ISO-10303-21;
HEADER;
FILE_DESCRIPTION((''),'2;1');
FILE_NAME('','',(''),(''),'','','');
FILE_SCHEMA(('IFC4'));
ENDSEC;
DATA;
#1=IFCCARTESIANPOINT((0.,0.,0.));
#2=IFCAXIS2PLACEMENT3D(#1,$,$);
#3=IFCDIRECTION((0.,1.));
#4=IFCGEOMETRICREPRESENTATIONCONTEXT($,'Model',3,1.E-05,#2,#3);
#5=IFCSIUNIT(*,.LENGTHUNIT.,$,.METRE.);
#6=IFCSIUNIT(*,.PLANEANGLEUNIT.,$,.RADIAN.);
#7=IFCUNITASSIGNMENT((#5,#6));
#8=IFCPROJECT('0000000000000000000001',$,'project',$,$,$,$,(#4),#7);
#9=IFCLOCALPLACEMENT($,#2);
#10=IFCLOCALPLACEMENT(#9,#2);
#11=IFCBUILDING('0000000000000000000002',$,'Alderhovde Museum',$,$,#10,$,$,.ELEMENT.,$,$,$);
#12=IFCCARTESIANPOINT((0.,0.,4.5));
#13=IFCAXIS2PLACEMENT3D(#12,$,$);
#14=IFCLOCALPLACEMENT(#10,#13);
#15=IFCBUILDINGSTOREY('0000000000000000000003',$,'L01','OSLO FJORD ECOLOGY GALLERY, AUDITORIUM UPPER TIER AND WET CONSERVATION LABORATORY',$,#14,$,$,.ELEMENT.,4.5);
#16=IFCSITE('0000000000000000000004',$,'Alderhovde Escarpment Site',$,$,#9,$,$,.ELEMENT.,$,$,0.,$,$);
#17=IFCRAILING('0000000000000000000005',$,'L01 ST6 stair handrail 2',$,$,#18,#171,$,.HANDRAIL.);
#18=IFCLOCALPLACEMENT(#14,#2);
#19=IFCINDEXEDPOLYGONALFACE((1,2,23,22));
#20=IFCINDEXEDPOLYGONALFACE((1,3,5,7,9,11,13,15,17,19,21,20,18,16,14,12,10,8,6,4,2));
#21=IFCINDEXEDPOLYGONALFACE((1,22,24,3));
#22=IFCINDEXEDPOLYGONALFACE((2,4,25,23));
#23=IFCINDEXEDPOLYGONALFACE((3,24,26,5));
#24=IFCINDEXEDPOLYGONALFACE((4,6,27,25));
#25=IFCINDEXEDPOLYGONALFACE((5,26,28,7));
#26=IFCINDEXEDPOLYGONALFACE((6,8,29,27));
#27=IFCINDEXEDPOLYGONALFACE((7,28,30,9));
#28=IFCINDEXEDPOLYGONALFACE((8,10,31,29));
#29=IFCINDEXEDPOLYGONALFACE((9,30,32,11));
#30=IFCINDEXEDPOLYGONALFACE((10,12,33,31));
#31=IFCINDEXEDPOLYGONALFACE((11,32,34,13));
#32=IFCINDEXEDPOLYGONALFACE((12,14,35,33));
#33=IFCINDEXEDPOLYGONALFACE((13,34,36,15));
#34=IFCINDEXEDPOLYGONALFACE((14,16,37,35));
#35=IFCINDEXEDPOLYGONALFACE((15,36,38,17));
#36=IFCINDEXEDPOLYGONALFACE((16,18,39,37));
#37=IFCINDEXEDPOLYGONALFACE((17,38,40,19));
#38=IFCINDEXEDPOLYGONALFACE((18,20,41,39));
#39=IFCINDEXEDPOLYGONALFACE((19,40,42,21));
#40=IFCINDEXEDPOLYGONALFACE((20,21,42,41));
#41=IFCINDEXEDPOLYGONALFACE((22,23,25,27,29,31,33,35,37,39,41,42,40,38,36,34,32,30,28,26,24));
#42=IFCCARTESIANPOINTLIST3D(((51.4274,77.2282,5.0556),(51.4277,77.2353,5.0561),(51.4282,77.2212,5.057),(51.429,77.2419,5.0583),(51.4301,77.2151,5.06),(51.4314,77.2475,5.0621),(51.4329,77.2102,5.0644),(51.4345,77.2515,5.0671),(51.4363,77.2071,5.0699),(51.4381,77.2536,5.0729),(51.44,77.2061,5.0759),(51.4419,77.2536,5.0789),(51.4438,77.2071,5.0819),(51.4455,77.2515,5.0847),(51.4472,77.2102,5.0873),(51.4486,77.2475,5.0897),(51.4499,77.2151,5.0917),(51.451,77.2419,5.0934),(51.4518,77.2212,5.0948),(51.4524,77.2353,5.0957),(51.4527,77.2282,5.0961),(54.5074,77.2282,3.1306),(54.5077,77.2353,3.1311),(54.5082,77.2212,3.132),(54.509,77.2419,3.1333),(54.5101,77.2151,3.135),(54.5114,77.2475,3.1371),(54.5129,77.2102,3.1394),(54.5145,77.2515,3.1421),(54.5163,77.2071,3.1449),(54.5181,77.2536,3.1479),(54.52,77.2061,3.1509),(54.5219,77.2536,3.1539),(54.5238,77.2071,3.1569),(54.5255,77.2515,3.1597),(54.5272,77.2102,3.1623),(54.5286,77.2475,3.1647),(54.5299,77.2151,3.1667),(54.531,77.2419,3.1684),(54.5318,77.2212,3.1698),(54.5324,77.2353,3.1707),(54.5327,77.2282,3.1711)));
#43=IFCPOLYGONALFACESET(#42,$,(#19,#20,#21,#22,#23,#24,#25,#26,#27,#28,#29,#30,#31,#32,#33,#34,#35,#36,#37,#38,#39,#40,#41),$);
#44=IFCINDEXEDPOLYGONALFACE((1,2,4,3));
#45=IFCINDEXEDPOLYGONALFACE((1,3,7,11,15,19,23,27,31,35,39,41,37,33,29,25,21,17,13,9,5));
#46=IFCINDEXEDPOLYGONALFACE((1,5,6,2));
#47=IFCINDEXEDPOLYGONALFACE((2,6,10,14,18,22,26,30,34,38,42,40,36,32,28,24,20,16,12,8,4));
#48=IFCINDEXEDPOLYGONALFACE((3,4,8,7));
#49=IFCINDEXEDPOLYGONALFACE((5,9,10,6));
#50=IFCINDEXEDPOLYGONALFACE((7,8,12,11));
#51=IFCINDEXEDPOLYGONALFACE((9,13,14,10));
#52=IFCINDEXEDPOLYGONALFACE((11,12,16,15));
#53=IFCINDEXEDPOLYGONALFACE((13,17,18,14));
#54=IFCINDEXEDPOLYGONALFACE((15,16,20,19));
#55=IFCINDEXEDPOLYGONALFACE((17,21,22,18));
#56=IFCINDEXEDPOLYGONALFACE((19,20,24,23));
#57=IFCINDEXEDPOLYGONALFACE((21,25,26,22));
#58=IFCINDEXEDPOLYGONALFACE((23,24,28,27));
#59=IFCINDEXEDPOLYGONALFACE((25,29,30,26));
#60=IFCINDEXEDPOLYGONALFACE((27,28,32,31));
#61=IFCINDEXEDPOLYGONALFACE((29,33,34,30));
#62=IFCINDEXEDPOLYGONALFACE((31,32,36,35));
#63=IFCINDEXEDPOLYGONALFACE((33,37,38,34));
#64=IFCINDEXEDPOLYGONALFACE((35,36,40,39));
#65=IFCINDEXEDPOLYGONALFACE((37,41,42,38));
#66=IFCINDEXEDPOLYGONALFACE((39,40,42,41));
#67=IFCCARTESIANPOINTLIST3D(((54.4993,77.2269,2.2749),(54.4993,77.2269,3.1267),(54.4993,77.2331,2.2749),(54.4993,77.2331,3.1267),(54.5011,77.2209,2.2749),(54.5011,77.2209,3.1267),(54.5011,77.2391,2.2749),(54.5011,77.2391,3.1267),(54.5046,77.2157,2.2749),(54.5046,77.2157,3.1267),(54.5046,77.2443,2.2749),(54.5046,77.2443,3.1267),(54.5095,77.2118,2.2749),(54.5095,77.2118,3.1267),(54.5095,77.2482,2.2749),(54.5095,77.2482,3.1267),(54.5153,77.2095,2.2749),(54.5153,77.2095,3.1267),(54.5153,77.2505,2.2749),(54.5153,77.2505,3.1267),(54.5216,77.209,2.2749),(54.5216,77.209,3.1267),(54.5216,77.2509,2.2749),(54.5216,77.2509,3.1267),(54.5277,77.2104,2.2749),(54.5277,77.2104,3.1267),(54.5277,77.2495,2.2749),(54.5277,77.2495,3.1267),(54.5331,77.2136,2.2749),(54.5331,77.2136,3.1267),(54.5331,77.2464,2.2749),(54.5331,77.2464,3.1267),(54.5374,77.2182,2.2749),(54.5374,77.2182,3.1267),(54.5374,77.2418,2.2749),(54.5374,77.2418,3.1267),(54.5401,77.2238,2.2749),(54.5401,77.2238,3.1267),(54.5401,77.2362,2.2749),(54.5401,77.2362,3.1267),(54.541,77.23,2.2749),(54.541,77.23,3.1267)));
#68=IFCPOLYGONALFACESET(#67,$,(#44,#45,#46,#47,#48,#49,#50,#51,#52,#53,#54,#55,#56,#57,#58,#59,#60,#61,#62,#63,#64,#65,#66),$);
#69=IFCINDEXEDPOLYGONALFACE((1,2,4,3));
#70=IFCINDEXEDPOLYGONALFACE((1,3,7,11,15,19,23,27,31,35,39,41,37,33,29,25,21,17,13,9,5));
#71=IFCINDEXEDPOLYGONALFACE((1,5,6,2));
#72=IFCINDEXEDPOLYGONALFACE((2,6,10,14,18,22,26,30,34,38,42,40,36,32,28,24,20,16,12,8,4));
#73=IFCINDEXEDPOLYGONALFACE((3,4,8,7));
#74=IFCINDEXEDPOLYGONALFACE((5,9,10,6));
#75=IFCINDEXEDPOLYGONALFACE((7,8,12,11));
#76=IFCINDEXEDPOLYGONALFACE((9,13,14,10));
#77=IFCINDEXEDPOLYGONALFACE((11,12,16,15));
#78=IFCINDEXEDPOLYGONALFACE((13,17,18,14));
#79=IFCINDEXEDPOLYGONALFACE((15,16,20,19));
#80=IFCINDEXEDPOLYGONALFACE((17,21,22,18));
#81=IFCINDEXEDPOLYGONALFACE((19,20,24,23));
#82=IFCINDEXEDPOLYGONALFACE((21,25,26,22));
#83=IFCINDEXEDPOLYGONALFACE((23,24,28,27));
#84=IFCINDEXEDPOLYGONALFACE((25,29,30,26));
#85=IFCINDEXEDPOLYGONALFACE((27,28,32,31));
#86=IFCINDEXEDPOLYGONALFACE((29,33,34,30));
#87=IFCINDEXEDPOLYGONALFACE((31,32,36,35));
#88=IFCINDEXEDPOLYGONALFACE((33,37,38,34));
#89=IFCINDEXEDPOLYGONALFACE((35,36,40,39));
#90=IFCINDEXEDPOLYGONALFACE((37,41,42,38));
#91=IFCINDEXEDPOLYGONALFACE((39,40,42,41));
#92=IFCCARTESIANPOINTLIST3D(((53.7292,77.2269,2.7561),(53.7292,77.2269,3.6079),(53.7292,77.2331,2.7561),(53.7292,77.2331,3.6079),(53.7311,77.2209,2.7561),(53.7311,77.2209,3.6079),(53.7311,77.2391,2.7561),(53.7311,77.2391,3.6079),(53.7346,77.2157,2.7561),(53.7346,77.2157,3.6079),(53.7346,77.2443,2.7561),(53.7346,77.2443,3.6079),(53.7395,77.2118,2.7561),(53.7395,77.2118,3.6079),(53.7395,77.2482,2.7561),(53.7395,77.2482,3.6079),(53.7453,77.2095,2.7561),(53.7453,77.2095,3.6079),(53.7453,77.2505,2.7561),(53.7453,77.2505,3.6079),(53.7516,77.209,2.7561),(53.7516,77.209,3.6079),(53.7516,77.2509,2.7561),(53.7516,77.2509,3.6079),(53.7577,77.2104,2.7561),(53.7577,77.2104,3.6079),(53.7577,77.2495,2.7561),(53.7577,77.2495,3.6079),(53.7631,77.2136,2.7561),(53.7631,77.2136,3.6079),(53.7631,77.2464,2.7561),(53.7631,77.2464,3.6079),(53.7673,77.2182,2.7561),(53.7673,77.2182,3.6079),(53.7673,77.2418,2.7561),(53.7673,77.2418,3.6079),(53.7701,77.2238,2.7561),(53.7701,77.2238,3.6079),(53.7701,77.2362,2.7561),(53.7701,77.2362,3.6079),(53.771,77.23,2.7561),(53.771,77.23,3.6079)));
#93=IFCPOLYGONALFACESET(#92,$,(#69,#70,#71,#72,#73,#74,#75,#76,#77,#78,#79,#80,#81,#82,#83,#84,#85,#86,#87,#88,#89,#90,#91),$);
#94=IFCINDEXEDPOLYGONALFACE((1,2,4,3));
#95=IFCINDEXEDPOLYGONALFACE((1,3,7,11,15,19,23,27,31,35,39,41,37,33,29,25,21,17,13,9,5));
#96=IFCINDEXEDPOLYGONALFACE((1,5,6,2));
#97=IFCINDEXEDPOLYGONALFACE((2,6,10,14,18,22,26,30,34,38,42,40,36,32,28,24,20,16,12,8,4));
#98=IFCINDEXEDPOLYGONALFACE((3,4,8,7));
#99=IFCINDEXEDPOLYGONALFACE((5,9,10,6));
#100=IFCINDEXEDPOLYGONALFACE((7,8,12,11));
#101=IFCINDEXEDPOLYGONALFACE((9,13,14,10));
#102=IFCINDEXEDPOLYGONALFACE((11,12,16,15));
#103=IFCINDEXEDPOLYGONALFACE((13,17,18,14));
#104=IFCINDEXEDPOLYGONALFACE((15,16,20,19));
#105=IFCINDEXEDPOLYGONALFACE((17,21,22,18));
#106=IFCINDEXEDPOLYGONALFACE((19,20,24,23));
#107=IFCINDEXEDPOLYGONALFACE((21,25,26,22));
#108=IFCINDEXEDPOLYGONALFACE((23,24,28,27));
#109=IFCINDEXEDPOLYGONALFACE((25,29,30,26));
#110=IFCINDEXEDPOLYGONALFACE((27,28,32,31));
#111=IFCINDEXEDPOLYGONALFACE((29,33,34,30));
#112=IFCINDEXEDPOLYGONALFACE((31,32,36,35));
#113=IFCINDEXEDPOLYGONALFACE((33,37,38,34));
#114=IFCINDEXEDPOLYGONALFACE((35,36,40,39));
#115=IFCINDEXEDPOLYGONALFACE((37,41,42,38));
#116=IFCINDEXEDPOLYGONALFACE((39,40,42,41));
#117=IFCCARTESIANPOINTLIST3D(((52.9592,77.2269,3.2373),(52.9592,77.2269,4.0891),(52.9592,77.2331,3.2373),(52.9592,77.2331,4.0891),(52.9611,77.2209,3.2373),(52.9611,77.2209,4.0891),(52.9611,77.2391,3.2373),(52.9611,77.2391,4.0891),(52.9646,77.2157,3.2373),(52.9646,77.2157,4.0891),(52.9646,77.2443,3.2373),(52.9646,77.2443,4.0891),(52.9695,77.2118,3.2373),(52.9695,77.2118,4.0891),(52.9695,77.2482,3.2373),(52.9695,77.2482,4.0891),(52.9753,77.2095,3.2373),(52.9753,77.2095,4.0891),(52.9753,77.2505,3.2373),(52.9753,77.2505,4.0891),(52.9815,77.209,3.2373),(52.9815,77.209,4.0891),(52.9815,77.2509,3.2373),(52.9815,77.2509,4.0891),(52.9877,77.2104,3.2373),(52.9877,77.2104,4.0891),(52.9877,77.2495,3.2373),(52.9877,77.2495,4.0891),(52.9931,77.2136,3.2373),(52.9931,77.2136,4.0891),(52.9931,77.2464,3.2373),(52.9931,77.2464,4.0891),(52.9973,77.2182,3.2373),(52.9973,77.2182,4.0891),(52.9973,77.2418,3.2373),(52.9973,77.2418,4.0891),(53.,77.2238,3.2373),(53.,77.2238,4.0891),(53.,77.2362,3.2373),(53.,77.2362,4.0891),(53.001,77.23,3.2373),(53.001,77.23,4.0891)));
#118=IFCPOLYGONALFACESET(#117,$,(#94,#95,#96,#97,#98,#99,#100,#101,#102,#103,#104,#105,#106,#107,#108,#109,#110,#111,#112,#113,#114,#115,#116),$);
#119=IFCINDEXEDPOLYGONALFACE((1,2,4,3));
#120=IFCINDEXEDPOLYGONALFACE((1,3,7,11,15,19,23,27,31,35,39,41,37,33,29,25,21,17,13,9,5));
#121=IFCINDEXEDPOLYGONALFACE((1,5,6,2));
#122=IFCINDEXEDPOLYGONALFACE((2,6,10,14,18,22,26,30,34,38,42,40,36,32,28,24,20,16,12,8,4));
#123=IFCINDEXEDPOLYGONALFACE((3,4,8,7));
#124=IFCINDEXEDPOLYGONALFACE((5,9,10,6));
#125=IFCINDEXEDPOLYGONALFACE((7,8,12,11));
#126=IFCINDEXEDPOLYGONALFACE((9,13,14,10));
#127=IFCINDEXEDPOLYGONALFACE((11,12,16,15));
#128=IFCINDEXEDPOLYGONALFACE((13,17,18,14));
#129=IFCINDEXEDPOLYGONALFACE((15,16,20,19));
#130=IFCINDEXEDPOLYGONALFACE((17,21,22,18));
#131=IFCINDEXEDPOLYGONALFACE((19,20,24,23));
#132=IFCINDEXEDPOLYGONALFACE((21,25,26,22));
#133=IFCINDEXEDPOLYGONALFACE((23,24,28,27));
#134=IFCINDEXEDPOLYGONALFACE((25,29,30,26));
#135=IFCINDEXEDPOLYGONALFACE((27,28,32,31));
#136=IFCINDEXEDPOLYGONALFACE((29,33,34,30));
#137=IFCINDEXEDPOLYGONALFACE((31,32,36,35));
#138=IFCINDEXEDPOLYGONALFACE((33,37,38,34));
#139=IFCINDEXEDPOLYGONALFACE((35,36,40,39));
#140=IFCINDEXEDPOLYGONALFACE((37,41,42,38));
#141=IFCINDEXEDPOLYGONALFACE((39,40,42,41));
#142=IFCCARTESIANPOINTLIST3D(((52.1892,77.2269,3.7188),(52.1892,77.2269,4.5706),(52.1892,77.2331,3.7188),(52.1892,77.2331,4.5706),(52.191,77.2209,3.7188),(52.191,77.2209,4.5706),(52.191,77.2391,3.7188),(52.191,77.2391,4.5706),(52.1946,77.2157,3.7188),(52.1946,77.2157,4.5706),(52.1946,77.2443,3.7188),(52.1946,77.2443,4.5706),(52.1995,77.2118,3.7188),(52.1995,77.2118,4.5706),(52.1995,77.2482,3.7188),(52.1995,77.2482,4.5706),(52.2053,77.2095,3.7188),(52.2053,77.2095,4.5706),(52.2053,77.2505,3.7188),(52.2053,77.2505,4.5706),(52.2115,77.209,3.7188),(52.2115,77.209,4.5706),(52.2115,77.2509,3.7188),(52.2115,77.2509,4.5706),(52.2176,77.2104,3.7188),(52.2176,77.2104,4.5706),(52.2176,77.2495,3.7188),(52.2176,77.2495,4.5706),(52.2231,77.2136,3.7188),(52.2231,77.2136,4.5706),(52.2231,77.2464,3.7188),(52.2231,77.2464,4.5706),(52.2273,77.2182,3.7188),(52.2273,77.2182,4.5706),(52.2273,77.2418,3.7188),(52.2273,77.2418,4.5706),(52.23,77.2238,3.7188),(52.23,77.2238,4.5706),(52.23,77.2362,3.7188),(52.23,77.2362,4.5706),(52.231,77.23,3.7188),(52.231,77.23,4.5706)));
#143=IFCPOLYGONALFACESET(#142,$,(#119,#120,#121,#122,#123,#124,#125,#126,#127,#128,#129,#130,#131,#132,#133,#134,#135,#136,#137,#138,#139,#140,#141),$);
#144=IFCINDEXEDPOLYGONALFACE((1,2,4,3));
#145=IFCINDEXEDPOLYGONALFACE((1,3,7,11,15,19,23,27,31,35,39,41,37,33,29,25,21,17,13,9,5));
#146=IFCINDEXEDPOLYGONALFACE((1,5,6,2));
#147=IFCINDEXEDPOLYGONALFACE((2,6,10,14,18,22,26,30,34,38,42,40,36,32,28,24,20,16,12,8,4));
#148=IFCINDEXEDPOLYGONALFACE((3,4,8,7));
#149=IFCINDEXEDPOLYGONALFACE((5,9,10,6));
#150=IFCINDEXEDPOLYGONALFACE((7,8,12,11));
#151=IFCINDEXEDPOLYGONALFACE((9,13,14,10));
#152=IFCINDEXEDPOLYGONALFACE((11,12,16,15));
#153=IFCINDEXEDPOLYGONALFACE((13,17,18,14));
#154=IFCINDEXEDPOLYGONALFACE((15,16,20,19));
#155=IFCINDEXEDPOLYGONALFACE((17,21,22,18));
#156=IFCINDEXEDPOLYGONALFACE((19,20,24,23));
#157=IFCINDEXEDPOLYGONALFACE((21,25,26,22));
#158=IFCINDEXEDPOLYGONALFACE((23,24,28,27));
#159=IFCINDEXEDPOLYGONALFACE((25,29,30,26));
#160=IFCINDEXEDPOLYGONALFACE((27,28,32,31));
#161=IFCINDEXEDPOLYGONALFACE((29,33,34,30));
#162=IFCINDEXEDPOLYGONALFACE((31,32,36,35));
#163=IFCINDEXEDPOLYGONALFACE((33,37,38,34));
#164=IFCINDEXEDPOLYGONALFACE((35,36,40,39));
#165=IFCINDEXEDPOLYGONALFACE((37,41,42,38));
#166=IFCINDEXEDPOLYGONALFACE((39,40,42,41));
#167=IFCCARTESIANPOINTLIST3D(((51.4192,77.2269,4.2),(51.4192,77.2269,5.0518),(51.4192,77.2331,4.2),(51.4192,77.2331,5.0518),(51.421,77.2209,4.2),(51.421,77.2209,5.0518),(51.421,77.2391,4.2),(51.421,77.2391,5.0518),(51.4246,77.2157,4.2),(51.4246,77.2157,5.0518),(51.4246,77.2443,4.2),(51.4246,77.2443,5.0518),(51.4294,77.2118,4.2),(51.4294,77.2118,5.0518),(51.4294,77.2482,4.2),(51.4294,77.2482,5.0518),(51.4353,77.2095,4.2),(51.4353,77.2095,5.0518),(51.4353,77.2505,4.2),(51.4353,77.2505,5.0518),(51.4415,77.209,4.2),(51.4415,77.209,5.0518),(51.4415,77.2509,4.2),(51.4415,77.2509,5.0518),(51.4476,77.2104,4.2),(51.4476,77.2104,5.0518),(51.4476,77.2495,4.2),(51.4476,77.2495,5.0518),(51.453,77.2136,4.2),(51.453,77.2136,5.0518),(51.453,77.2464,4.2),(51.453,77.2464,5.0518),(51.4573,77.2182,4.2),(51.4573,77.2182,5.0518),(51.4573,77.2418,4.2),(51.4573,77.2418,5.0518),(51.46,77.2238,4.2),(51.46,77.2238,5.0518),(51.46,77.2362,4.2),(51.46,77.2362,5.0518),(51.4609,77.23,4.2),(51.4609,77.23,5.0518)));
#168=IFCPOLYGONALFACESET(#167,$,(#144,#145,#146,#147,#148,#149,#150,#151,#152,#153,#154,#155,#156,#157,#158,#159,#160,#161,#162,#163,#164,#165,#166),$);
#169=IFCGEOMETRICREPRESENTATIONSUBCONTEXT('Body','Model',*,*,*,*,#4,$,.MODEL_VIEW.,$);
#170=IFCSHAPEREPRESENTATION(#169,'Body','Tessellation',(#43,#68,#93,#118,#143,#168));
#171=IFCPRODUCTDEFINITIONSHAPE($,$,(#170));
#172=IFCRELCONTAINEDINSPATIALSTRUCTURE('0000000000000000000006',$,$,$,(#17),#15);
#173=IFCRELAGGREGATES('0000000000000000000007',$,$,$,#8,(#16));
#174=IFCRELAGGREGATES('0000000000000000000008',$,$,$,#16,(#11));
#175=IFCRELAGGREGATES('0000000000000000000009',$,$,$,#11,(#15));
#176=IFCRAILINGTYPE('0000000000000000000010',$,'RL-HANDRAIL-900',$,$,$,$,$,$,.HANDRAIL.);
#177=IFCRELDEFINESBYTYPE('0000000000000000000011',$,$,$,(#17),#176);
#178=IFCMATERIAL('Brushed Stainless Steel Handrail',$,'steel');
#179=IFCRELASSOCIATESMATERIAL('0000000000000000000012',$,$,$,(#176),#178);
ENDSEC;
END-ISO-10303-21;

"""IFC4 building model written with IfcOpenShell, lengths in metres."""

from ifc_helpers import new_model, si_unit, direction, frame, origin, origin_2d, place, context, subcontext, project, spatial, circle, extrude, material, type_object, element, save


model = new_model("IFC4")

# Units and contexts
model_context = context("Model", 3, precision=1e-05, world=origin(), true_north=direction((0.0, 1.0)))
body_context = subcontext(model_context, "Body", "Model", "MODEL_VIEW")
ifc_project = project(units=[si_unit("LENGTHUNIT", "METRE"), si_unit("PLANEANGLEUNIT", "RADIAN")], contexts=[model_context])

# Site, building, storey
site_placement = place(None, origin())
site = spatial("IfcSite", under=ifc_project, at=site_placement, Name="Alderhovde Escarpment Site", CompositionType="ELEMENT", RefElevation=0.0)
building_placement = place(site_placement, origin())
building = spatial("IfcBuilding", under=site, at=building_placement, Name="Alderhovde Museum", CompositionType="ELEMENT")
storey_placement = place(building_placement, frame((0.0, 0.0, 4.5)))
storey = spatial("IfcBuildingStorey", under=building, at=storey_placement, Name="L01", Description="OSLO FJORD ECOLOGY GALLERY, AUDITORIUM UPPER TIER AND WET CONSERVATION LABORATORY", CompositionType="ELEMENT", Elevation=4.5)

# Railing
ifc_material_1 = material(Name="Brushed Stainless Steel Handrail", Category="steel")
railing_type_1 = type_object("IfcRailingType", Name="RL-HANDRAIL-900", PredefinedType="HANDRAIL", material=ifc_material_1)
railing_1_placement = place(storey_placement, frame((54.52, 77.23, 2.2749)))
element("IfcRailing", 1, at=railing_1_placement, inside=storey, type_object=railing_type_1, Name="L01 ST6 stair handrail 2", PredefinedType="HANDRAIL", context=body_context, shape_type="SweptSolid", body=[
    extrude(circle(Radius=0.0239, at=origin_2d()), frame((0.0, 0.0, 0.876), z_axis=(-0.847998, 0.0, 0.529999), x_axis=(0.0, -1.0, 0.0)), (0.0, 0.0, 1.0), 3.6321),
    extrude(circle(Radius=0.021, at=origin_2d()), origin(), (0.0, 0.0, 1.0), 0.8518),
    extrude(circle(Radius=0.021, at=origin_2d()), frame((-0.77, 0.0, 0.4812)), (0.0, 0.0, 1.0), 0.8518),
    extrude(circle(Radius=0.021, at=origin_2d()), frame((-1.54, 0.0, 0.9624)), (0.0, 0.0, 1.0), 0.8518),
    extrude(circle(Radius=0.021, at=origin_2d()), frame((-2.3101, 0.0, 1.4438)), (0.0, 0.0, 1.0), 0.8518),
    extrude(circle(Radius=0.021, at=origin_2d()), frame((-3.0801, 0.0, 1.925)), (0.0, 0.0, 1.0), 0.8518),
])

save(model, "model.ifc")
